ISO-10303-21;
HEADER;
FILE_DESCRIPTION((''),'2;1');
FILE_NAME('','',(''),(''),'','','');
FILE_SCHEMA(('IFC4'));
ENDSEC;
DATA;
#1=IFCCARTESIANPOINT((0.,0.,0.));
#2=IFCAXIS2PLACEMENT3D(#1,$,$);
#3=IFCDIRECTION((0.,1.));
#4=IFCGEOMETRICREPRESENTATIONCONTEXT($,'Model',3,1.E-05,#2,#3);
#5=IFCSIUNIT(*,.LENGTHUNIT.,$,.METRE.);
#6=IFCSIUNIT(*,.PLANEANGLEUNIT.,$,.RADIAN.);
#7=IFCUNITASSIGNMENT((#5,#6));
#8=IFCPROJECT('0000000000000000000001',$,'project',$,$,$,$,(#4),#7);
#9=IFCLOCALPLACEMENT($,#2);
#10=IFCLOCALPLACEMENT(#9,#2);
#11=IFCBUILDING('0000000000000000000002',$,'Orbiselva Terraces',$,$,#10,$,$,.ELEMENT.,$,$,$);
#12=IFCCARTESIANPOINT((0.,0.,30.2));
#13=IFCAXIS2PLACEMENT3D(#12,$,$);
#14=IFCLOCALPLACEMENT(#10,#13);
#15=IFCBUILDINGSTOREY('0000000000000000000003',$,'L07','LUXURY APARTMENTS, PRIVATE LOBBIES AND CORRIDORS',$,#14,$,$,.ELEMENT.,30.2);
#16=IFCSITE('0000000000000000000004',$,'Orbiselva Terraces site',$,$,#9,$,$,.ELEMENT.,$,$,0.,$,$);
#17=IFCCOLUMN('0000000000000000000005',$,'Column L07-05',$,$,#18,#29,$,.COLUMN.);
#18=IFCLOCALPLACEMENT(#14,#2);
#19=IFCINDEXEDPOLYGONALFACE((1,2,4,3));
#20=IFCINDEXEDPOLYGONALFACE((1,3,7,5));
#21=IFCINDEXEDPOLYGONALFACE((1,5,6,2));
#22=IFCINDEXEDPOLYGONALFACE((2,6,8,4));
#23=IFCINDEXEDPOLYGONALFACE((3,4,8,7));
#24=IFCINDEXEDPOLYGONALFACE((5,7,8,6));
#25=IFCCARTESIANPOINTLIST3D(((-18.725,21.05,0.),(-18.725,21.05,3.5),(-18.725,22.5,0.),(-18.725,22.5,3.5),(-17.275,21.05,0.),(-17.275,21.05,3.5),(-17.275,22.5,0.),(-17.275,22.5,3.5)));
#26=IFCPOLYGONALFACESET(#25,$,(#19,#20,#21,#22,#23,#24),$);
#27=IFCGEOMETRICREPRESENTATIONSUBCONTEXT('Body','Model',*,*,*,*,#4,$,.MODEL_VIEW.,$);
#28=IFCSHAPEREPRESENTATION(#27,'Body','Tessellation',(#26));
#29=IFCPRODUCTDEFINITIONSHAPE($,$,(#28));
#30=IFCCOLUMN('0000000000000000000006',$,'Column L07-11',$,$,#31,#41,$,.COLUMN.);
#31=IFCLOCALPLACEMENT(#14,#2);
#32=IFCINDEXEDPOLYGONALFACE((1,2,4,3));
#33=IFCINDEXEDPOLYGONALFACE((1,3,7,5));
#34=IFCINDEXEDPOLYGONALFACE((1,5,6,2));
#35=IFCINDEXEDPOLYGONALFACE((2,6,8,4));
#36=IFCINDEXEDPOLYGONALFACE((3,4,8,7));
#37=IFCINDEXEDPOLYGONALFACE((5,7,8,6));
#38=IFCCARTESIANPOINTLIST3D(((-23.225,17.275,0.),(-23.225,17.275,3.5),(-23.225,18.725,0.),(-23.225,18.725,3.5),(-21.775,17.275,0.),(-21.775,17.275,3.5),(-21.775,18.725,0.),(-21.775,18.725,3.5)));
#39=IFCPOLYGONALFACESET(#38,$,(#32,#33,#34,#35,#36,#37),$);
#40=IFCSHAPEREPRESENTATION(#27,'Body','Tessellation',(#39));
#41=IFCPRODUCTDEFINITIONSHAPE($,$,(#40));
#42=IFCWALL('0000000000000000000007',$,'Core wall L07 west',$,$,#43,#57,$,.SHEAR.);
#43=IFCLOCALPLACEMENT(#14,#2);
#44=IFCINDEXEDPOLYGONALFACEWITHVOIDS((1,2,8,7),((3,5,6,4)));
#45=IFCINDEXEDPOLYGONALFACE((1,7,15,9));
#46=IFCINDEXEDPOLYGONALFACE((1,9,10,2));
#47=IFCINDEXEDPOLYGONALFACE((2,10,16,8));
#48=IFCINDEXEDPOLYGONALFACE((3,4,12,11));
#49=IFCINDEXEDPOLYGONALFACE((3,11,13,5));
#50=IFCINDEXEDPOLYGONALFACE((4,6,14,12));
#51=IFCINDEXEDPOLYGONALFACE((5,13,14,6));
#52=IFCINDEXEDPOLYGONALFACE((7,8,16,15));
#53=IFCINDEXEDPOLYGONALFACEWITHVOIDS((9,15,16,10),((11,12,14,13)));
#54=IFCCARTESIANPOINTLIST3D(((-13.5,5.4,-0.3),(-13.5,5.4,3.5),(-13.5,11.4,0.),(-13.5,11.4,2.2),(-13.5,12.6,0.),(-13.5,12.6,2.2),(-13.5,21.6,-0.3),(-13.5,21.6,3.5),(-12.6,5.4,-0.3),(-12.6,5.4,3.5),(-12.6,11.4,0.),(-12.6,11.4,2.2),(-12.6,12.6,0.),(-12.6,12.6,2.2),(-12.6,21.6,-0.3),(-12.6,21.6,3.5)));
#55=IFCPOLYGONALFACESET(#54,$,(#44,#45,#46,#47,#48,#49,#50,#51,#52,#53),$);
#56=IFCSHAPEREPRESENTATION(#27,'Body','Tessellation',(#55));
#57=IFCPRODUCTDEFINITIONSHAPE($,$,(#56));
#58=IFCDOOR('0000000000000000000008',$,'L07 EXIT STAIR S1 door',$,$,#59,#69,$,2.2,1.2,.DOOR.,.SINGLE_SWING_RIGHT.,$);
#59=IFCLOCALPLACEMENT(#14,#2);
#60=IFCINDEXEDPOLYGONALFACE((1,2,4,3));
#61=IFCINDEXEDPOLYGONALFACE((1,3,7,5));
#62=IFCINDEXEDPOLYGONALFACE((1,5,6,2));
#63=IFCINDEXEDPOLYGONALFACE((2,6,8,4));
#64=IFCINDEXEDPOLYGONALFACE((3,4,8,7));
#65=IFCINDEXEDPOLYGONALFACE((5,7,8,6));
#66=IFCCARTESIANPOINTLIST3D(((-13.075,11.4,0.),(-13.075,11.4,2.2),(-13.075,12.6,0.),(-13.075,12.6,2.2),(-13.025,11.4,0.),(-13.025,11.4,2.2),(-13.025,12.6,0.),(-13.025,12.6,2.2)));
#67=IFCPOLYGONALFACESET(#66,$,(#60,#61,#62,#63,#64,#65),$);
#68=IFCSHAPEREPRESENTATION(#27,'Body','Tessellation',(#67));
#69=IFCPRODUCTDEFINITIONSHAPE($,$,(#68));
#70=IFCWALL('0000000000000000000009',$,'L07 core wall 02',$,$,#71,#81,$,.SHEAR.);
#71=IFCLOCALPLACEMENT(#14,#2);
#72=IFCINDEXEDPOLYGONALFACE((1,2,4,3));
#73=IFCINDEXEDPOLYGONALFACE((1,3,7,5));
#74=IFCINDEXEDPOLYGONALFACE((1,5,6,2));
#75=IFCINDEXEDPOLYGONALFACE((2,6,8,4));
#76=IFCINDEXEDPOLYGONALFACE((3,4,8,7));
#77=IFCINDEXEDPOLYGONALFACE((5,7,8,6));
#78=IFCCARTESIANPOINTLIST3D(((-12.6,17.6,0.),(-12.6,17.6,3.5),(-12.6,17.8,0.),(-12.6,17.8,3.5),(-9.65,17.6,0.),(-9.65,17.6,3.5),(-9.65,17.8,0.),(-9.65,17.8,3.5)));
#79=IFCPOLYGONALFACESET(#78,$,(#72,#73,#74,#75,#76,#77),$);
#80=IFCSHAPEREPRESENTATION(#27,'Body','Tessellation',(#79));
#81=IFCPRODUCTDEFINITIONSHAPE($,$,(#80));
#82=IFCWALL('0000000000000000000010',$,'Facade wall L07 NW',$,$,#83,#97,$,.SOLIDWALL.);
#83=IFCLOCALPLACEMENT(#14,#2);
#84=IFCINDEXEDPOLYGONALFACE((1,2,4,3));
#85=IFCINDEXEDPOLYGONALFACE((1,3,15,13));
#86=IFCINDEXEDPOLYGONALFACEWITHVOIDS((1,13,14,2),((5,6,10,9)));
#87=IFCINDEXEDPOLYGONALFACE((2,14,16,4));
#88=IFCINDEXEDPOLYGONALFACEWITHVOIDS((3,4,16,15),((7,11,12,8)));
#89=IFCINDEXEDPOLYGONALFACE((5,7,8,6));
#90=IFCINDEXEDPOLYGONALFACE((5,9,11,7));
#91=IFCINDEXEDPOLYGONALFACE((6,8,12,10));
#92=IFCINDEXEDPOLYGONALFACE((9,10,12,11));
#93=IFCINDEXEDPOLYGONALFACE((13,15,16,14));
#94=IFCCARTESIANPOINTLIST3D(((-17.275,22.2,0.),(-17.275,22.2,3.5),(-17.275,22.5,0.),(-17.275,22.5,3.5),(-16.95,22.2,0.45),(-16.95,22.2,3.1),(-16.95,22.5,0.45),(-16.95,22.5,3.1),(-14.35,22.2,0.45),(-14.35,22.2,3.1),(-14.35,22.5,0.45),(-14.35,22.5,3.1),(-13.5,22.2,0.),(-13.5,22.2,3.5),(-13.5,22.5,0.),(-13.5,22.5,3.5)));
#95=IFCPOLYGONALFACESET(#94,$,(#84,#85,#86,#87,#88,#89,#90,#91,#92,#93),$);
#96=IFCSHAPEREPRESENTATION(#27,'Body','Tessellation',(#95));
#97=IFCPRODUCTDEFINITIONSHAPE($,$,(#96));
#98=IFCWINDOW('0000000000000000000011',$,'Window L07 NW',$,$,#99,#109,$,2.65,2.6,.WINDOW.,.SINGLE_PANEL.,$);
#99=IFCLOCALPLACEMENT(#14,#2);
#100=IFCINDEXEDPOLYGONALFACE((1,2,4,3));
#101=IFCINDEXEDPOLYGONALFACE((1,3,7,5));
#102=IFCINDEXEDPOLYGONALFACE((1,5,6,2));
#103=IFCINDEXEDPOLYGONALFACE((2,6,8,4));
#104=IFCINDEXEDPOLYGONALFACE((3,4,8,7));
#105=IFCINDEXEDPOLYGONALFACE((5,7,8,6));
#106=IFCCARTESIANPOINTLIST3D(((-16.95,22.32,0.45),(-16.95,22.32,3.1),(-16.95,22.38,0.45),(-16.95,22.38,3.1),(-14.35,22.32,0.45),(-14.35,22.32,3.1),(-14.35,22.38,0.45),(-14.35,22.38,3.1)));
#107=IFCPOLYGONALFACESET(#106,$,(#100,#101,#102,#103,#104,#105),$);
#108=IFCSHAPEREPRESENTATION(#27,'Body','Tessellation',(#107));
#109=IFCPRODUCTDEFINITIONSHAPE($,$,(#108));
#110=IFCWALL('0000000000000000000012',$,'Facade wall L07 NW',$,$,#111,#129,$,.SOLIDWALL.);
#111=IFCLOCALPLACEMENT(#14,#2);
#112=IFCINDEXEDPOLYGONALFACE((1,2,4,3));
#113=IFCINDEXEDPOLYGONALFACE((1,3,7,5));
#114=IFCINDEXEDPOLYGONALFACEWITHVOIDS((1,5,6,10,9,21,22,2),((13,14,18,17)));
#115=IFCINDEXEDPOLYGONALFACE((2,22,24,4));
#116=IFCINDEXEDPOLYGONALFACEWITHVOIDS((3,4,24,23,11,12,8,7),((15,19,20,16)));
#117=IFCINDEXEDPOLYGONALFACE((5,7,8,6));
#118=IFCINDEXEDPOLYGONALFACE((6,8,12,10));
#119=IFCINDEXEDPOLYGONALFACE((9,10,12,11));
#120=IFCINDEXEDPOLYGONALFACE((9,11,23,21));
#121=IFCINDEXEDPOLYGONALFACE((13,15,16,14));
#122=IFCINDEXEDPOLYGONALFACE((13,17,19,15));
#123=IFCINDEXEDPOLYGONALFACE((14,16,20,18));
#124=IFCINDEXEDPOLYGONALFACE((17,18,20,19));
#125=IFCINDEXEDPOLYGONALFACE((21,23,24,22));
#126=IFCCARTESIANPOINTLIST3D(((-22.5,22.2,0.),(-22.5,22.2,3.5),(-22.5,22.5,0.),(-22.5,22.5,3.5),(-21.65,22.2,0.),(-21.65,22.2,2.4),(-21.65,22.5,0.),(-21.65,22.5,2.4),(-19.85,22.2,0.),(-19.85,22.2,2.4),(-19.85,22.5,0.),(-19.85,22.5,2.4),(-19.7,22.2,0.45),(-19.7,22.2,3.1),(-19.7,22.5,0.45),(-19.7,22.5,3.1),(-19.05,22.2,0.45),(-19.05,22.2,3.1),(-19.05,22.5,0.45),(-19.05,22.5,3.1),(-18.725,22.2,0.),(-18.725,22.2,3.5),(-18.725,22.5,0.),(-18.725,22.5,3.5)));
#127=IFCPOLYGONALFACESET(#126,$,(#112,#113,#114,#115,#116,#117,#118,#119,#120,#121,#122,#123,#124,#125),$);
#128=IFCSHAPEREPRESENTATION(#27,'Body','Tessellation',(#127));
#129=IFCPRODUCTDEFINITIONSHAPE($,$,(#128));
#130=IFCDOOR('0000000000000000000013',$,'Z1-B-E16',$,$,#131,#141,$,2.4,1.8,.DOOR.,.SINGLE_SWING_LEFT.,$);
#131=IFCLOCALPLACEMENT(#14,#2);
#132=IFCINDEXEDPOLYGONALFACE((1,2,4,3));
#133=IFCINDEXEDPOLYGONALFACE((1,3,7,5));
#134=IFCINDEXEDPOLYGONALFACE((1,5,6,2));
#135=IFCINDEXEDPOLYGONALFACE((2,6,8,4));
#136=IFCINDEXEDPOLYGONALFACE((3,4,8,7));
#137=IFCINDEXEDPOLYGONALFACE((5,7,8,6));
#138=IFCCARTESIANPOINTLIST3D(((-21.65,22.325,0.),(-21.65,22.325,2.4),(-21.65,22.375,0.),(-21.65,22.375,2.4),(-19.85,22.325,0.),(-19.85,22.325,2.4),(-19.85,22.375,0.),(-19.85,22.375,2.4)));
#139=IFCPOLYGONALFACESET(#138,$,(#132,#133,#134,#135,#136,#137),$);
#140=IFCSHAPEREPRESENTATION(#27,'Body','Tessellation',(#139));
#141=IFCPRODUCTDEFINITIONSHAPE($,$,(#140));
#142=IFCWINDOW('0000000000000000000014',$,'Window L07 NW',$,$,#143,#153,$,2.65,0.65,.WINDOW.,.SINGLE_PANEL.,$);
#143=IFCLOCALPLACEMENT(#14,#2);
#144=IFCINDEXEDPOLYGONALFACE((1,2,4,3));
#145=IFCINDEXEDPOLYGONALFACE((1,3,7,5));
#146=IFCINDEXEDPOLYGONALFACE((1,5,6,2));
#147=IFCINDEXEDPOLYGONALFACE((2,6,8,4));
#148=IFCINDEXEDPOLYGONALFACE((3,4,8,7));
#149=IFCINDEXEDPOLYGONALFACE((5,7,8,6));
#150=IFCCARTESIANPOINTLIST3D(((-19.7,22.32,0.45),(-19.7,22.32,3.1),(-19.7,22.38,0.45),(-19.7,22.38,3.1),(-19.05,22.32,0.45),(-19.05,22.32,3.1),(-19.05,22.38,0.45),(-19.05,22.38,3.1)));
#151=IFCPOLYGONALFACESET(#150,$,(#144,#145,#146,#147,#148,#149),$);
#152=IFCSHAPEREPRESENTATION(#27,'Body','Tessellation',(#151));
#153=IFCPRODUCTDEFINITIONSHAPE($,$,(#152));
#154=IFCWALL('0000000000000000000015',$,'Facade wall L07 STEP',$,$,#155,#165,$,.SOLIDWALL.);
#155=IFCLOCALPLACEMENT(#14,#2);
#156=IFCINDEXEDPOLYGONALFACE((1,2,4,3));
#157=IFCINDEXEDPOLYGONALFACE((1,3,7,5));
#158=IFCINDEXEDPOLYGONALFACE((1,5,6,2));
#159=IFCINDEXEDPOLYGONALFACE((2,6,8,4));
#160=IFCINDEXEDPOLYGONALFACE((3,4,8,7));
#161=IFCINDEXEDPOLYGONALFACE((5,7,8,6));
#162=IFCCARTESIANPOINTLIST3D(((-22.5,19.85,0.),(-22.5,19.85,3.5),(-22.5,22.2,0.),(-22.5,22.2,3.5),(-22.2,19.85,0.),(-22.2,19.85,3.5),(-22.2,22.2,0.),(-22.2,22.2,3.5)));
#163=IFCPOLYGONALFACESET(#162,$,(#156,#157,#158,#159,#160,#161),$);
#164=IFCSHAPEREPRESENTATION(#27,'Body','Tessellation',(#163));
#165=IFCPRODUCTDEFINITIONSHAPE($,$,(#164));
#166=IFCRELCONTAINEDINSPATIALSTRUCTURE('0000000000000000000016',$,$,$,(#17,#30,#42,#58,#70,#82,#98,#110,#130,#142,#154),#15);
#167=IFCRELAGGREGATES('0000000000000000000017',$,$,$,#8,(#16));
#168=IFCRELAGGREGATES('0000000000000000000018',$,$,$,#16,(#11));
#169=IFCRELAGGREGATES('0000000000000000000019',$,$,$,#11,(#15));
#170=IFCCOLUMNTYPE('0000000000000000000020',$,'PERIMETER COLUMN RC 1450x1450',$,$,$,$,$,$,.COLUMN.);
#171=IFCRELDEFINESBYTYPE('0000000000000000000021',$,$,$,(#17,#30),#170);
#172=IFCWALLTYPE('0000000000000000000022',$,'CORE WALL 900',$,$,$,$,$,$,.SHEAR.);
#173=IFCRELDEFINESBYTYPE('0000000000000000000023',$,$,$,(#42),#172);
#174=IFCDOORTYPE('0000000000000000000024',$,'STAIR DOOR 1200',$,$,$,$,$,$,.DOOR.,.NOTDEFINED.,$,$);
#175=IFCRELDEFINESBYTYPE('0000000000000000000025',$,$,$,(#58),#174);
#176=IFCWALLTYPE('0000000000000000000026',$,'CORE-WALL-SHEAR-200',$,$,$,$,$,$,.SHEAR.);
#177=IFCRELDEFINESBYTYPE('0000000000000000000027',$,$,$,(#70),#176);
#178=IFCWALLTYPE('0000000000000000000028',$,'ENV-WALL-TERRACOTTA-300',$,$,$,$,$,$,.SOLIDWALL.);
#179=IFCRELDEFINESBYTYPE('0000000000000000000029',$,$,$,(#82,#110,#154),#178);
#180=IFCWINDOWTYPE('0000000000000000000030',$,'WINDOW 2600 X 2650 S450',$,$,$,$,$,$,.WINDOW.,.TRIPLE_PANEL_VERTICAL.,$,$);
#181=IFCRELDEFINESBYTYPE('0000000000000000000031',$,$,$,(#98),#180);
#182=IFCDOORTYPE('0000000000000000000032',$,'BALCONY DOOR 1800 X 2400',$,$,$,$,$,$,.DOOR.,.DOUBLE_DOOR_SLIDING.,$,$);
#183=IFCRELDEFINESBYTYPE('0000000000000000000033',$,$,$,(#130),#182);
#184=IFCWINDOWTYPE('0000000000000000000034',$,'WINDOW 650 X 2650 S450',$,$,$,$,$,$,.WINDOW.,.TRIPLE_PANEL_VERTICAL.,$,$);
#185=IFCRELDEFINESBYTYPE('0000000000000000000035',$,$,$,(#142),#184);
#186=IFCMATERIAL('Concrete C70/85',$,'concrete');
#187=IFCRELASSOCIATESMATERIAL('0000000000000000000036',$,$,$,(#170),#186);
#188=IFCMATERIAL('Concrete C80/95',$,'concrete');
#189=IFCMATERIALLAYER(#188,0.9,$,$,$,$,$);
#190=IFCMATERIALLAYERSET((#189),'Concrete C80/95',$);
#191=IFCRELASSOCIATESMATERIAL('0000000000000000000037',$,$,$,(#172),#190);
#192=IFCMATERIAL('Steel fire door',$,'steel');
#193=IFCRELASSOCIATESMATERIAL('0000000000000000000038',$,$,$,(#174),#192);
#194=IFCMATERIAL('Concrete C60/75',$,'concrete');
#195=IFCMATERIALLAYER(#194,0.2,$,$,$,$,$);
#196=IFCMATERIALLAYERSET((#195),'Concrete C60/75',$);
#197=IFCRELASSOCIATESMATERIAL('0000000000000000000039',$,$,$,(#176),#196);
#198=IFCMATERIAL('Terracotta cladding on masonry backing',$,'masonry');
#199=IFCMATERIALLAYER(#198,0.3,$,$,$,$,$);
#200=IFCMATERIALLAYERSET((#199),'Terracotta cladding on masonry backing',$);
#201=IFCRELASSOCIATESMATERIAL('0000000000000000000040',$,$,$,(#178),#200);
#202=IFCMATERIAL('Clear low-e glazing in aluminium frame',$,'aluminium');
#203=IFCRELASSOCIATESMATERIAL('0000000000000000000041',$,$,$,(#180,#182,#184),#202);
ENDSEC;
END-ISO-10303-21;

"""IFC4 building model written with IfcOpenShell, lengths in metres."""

from ifc_helpers import new_model, si_unit, direction, frame, frame_2d, origin, origin_2d, place, context, subcontext, project, spatial, rectangle, extrude, material, layer, layer_set, material_profile, profile_set, type_object, element, fill, save


model = new_model("IFC4")

# Units and contexts
model_context = context("Model", 3, precision=1e-05, world=origin(), true_north=direction((0.0, 1.0)))
body_context = subcontext(model_context, "Body", "Model", "MODEL_VIEW")
ifc_project = project(units=[si_unit("LENGTHUNIT", "METRE"), si_unit("PLANEANGLEUNIT", "RADIAN")], contexts=[model_context])

# Site, building, storey
site_placement = place(None, origin())
site = spatial("IfcSite", under=ifc_project, at=site_placement, Name="Orbiselva Terraces site", CompositionType="ELEMENT", RefElevation=0.0)
building_placement = place(site_placement, origin())
building = spatial("IfcBuilding", under=site, at=building_placement, Name="Orbiselva Terraces", CompositionType="ELEMENT")
storey_placement = place(building_placement, frame((0.0, 0.0, 30.2)))
storey = spatial("IfcBuildingStorey", under=building, at=storey_placement, Name="L07", Description="LUXURY APARTMENTS, PRIVATE LOBBIES AND CORRIDORS", CompositionType="ELEMENT", Elevation=30.2)

# Columns
ifc_material_1 = material(Name="Concrete C70/85", Category="concrete")
ifc_material_profile = material_profile(ifc_material_1, rectangle(XDim=1.45, YDim=1.45, at=origin_2d()), Name="RC 1450x1450")
ifc_profile_set = profile_set([ifc_material_profile], Name="Concrete C70/85")
column_type = type_object("IfcColumnType", Name="PERIMETER COLUMN RC 1450x1450", PredefinedType="COLUMN", material=ifc_profile_set)
for number, where, z_axis, x_axis, name in (
    (1, (-18.0, 21.775, 0.0), (0.0, 0.0, 1.0), (1.0, 0.0, 0.0), "Column L07-05"),
    (2, (-22.5, 18.0, 0.0), (0.0, 0.0, 1.0), (1.0, 0.0, 0.0), "Column L07-11"),
):
    element("IfcColumn", number, at=place(storey_placement, frame(where, z_axis=z_axis, x_axis=x_axis)), inside=storey, type_object=column_type, Name=name, PredefinedType="COLUMN", context=body_context, shape_type="SweptSolid", body=[
        extrude(rectangle(XDim=1.45, YDim=1.45, at=origin_2d()), origin(), (0.0, 0.0, 1.0), 3.5),
    ])

# Wall, opening, door
ifc_material_2 = material(Name="Concrete C80/95", Category="concrete")
ifc_layer_1 = layer(ifc_material_2, 0.9)
ifc_layer_set_1 = layer_set([ifc_layer_1], Name="Concrete C80/95")
wall_type_1 = type_object("IfcWallType", Name="CORE WALL 900", PredefinedType="SHEAR", material=ifc_layer_set_1)
wall_1_placement = place(storey_placement, frame((-13.05, 21.6, -0.3), z_axis=(0.0, 0.0, 1.0), x_axis=(0.0, -1.0, 0.0)))
wall_1 = element("IfcWall", 3, at=wall_1_placement, inside=storey, type_object=wall_type_1, Name="Core wall L07 west", PredefinedType="SHEAR", context=body_context, shape_type="SweptSolid", body=[
    extrude(rectangle(XDim=16.2, YDim=0.9, at=frame_2d((8.1, 0.0))), origin(), (0.0, 0.0, 1.0), 3.8),
])
opening_1_placement = place(wall_1_placement, frame((9.0, 0.0, 0.3)))
opening_1 = element("IfcOpeningElement", 4, at=opening_1_placement, cuts=wall_1, PredefinedType="OPENING", context=body_context, shape_type="SweptSolid", body=[
    extrude(rectangle(XDim=1.2, YDim=2.2, at=frame_2d((0.6, 1.1))), frame((0.0, 0.46, 0.0), z_axis=(0.0, -1.0, 0.0), x_axis=(1.0, 0.0, 0.0)), (0.0, 0.0, 1.0), 0.92),
])
ifc_material_3 = material(Name="Steel fire door", Category="steel")
door_type_1 = type_object("IfcDoorType", Name="STAIR DOOR 1200", OperationType="NOTDEFINED", PredefinedType="DOOR", material=ifc_material_3)
door_1_placement = place(opening_1_placement, frame((1.2, 0.0, 0.0), z_axis=(0.0, 0.0, 1.0), x_axis=(-1.0, 0.0, 0.0)))
door_1 = element("IfcDoor", 5, at=door_1_placement, inside=storey, type_object=door_type_1, Name="L07 EXIT STAIR S1 door", OperationType="SINGLE_SWING_RIGHT", OverallHeight=2.2, OverallWidth=1.2, PredefinedType="DOOR", context=body_context, shape_type="SweptSolid", body=[
    extrude(rectangle(XDim=1.2, YDim=2.2, at=frame_2d((0.6, 1.1))), frame((0.0, 0.025, 0.0), z_axis=(0.0, -1.0, 0.0), x_axis=(1.0, 0.0, 0.0)), (0.0, 0.0, 1.0), 0.05),
])
fill(opening_1, door_1)

# Wall
ifc_material_4 = material(Name="Concrete C60/75", Category="concrete")
ifc_layer_2 = layer(ifc_material_4, 0.2)
ifc_layer_set_2 = layer_set([ifc_layer_2], Name="Concrete C60/75")
wall_type_2 = type_object("IfcWallType", Name="CORE-WALL-SHEAR-200", PredefinedType="SHEAR", material=ifc_layer_set_2)
wall_2_placement = place(storey_placement, frame((-12.6, 17.7, 0.0), z_axis=(0.0, 0.0, 1.0), x_axis=(1.0, 0.0, 0.0)))
element("IfcWall", 6, at=wall_2_placement, inside=storey, type_object=wall_type_2, Name="L07 core wall 02", PredefinedType="SHEAR", context=body_context, shape_type="SweptSolid", body=[
    extrude(rectangle(XDim=2.95, YDim=0.2, at=frame_2d((1.475, 0.0))), origin(), (0.0, 0.0, 1.0), 3.5),
])

# Wall, opening, window
ifc_material_5 = material(Name="Terracotta cladding on masonry backing", Category="masonry")
ifc_layer_3 = layer(ifc_material_5, 0.3)
ifc_layer_set_3 = layer_set([ifc_layer_3], Name="Terracotta cladding on masonry backing")
wall_type_3 = type_object("IfcWallType", Name="ENV-WALL-TERRACOTTA-300", PredefinedType="SOLIDWALL", material=ifc_layer_set_3)
wall_3_placement = place(storey_placement, frame((-17.275, 22.35, 0.0), z_axis=(0.0, 0.0, 1.0), x_axis=(1.0, 0.0, 0.0)))
wall_3 = element("IfcWall", 7, at=wall_3_placement, inside=storey, type_object=wall_type_3, Name="Facade wall L07 NW", PredefinedType="SOLIDWALL", context=body_context, shape_type="SweptSolid", body=[
    extrude(rectangle(XDim=3.775, YDim=0.3, at=frame_2d((1.8875, 0.0))), origin(), (0.0, 0.0, 1.0), 3.5),
])
opening_2_placement = place(wall_3_placement, frame((0.325, 0.0, 0.45)))
opening_2 = element("IfcOpeningElement", 8, at=opening_2_placement, cuts=wall_3, PredefinedType="OPENING", context=body_context, shape_type="SweptSolid", body=[
    extrude(rectangle(XDim=2.6, YDim=2.65, at=frame_2d((1.3, 1.325))), frame((0.0, 0.16, 0.0), z_axis=(0.0, -1.0, 0.0), x_axis=(1.0, 0.0, 0.0)), (0.0, 0.0, 1.0), 0.32),
])
ifc_material_6 = material(Name="Clear low-e glazing in aluminium frame", Category="aluminium")
window_type_1 = type_object("IfcWindowType", Name="WINDOW 2600 X 2650 S450", PartitioningType="TRIPLE_PANEL_VERTICAL", PredefinedType="WINDOW", material=ifc_material_6)
window_1_placement = place(opening_2_placement, origin())
window_1 = element("IfcWindow", 9, at=window_1_placement, inside=storey, type_object=window_type_1, Name="Window L07 NW", OverallHeight=2.65, OverallWidth=2.6, PartitioningType="SINGLE_PANEL", PredefinedType="WINDOW", context=body_context, shape_type="SweptSolid", body=[
    extrude(rectangle(XDim=2.6, YDim=2.65, at=frame_2d((1.3, 1.325))), frame((0.0, 0.03, 0.0), z_axis=(0.0, -1.0, 0.0), x_axis=(1.0, 0.0, 0.0)), (0.0, 0.0, 1.0), 0.06),
])
fill(opening_2, window_1)

# Wall, openings, door, window
wall_4_placement = place(storey_placement, frame((-22.5, 22.35, 0.0), z_axis=(0.0, 0.0, 1.0), x_axis=(1.0, 0.0, 0.0)))
wall_4 = element("IfcWall", 10, at=wall_4_placement, inside=storey, type_object=wall_type_3, Name="Facade wall L07 NW", PredefinedType="SOLIDWALL", context=body_context, shape_type="SweptSolid", body=[
    extrude(rectangle(XDim=3.775, YDim=0.3, at=frame_2d((1.8875, 0.0))), origin(), (0.0, 0.0, 1.0), 3.5),
])
opening_3_placement = place(wall_4_placement, frame((2.8, 0.0, 0.45)))
opening_3 = element("IfcOpeningElement", 11, at=opening_3_placement, cuts=wall_4, PredefinedType="OPENING", context=body_context, shape_type="SweptSolid", body=[
    extrude(rectangle(XDim=0.65, YDim=2.65, at=frame_2d((0.325, 1.325))), frame((0.0, 0.16, 0.0), z_axis=(0.0, -1.0, 0.0), x_axis=(1.0, 0.0, 0.0)), (0.0, 0.0, 1.0), 0.32),
])
opening_4_placement = place(wall_4_placement, frame((0.85, 0.0, 0.0)))
opening_4 = element("IfcOpeningElement", 12, at=opening_4_placement, cuts=wall_4, PredefinedType="OPENING", context=body_context, shape_type="SweptSolid", body=[
    extrude(rectangle(XDim=1.8, YDim=2.4, at=frame_2d((0.9, 1.2))), frame((0.0, 0.16, 0.0), z_axis=(0.0, -1.0, 0.0), x_axis=(1.0, 0.0, 0.0)), (0.0, 0.0, 1.0), 0.32),
])
door_type_2 = type_object("IfcDoorType", Name="BALCONY DOOR 1800 X 2400", OperationType="DOUBLE_DOOR_SLIDING", PredefinedType="DOOR", material=ifc_material_6)
door_2_placement = place(opening_4_placement, origin())
door_2 = element("IfcDoor", 13, at=door_2_placement, inside=storey, type_object=door_type_2, Name="Z1-B-E16", OperationType="SINGLE_SWING_LEFT", OverallHeight=2.4, OverallWidth=1.8, PredefinedType="DOOR", context=body_context, shape_type="SweptSolid", body=[
    extrude(rectangle(XDim=1.8, YDim=2.4, at=frame_2d((0.9, 1.2))), frame((0.0, 0.025, 0.0), z_axis=(0.0, -1.0, 0.0), x_axis=(1.0, 0.0, 0.0)), (0.0, 0.0, 1.0), 0.05),
])
fill(opening_4, door_2)
window_type_2 = type_object("IfcWindowType", Name="WINDOW 650 X 2650 S450", PartitioningType="TRIPLE_PANEL_VERTICAL", PredefinedType="WINDOW", material=ifc_material_6)
window_2_placement = place(opening_3_placement, origin())
window_2 = element("IfcWindow", 14, at=window_2_placement, inside=storey, type_object=window_type_2, Name="Window L07 NW", OverallHeight=2.65, OverallWidth=0.65, PartitioningType="SINGLE_PANEL", PredefinedType="WINDOW", context=body_context, shape_type="SweptSolid", body=[
    extrude(rectangle(XDim=0.65, YDim=2.65, at=frame_2d((0.325, 1.325))), frame((0.0, 0.03, 0.0), z_axis=(0.0, -1.0, 0.0), x_axis=(1.0, 0.0, 0.0)), (0.0, 0.0, 1.0), 0.06),
])
fill(opening_3, window_2)

# Wall
wall_5_placement = place(storey_placement, frame((-22.35, 19.85, 0.0), z_axis=(0.0, 0.0, 1.0), x_axis=(0.0, 1.0, 0.0)))
element("IfcWall", 15, at=wall_5_placement, inside=storey, type_object=wall_type_3, Name="Facade wall L07 STEP", PredefinedType="SOLIDWALL", context=body_context, shape_type="SweptSolid", body=[
    extrude(rectangle(XDim=2.35, YDim=0.3, at=frame_2d((1.175, 0.0))), origin(), (0.0, 0.0, 1.0), 3.5),
])

save(model, "model.ifc")
